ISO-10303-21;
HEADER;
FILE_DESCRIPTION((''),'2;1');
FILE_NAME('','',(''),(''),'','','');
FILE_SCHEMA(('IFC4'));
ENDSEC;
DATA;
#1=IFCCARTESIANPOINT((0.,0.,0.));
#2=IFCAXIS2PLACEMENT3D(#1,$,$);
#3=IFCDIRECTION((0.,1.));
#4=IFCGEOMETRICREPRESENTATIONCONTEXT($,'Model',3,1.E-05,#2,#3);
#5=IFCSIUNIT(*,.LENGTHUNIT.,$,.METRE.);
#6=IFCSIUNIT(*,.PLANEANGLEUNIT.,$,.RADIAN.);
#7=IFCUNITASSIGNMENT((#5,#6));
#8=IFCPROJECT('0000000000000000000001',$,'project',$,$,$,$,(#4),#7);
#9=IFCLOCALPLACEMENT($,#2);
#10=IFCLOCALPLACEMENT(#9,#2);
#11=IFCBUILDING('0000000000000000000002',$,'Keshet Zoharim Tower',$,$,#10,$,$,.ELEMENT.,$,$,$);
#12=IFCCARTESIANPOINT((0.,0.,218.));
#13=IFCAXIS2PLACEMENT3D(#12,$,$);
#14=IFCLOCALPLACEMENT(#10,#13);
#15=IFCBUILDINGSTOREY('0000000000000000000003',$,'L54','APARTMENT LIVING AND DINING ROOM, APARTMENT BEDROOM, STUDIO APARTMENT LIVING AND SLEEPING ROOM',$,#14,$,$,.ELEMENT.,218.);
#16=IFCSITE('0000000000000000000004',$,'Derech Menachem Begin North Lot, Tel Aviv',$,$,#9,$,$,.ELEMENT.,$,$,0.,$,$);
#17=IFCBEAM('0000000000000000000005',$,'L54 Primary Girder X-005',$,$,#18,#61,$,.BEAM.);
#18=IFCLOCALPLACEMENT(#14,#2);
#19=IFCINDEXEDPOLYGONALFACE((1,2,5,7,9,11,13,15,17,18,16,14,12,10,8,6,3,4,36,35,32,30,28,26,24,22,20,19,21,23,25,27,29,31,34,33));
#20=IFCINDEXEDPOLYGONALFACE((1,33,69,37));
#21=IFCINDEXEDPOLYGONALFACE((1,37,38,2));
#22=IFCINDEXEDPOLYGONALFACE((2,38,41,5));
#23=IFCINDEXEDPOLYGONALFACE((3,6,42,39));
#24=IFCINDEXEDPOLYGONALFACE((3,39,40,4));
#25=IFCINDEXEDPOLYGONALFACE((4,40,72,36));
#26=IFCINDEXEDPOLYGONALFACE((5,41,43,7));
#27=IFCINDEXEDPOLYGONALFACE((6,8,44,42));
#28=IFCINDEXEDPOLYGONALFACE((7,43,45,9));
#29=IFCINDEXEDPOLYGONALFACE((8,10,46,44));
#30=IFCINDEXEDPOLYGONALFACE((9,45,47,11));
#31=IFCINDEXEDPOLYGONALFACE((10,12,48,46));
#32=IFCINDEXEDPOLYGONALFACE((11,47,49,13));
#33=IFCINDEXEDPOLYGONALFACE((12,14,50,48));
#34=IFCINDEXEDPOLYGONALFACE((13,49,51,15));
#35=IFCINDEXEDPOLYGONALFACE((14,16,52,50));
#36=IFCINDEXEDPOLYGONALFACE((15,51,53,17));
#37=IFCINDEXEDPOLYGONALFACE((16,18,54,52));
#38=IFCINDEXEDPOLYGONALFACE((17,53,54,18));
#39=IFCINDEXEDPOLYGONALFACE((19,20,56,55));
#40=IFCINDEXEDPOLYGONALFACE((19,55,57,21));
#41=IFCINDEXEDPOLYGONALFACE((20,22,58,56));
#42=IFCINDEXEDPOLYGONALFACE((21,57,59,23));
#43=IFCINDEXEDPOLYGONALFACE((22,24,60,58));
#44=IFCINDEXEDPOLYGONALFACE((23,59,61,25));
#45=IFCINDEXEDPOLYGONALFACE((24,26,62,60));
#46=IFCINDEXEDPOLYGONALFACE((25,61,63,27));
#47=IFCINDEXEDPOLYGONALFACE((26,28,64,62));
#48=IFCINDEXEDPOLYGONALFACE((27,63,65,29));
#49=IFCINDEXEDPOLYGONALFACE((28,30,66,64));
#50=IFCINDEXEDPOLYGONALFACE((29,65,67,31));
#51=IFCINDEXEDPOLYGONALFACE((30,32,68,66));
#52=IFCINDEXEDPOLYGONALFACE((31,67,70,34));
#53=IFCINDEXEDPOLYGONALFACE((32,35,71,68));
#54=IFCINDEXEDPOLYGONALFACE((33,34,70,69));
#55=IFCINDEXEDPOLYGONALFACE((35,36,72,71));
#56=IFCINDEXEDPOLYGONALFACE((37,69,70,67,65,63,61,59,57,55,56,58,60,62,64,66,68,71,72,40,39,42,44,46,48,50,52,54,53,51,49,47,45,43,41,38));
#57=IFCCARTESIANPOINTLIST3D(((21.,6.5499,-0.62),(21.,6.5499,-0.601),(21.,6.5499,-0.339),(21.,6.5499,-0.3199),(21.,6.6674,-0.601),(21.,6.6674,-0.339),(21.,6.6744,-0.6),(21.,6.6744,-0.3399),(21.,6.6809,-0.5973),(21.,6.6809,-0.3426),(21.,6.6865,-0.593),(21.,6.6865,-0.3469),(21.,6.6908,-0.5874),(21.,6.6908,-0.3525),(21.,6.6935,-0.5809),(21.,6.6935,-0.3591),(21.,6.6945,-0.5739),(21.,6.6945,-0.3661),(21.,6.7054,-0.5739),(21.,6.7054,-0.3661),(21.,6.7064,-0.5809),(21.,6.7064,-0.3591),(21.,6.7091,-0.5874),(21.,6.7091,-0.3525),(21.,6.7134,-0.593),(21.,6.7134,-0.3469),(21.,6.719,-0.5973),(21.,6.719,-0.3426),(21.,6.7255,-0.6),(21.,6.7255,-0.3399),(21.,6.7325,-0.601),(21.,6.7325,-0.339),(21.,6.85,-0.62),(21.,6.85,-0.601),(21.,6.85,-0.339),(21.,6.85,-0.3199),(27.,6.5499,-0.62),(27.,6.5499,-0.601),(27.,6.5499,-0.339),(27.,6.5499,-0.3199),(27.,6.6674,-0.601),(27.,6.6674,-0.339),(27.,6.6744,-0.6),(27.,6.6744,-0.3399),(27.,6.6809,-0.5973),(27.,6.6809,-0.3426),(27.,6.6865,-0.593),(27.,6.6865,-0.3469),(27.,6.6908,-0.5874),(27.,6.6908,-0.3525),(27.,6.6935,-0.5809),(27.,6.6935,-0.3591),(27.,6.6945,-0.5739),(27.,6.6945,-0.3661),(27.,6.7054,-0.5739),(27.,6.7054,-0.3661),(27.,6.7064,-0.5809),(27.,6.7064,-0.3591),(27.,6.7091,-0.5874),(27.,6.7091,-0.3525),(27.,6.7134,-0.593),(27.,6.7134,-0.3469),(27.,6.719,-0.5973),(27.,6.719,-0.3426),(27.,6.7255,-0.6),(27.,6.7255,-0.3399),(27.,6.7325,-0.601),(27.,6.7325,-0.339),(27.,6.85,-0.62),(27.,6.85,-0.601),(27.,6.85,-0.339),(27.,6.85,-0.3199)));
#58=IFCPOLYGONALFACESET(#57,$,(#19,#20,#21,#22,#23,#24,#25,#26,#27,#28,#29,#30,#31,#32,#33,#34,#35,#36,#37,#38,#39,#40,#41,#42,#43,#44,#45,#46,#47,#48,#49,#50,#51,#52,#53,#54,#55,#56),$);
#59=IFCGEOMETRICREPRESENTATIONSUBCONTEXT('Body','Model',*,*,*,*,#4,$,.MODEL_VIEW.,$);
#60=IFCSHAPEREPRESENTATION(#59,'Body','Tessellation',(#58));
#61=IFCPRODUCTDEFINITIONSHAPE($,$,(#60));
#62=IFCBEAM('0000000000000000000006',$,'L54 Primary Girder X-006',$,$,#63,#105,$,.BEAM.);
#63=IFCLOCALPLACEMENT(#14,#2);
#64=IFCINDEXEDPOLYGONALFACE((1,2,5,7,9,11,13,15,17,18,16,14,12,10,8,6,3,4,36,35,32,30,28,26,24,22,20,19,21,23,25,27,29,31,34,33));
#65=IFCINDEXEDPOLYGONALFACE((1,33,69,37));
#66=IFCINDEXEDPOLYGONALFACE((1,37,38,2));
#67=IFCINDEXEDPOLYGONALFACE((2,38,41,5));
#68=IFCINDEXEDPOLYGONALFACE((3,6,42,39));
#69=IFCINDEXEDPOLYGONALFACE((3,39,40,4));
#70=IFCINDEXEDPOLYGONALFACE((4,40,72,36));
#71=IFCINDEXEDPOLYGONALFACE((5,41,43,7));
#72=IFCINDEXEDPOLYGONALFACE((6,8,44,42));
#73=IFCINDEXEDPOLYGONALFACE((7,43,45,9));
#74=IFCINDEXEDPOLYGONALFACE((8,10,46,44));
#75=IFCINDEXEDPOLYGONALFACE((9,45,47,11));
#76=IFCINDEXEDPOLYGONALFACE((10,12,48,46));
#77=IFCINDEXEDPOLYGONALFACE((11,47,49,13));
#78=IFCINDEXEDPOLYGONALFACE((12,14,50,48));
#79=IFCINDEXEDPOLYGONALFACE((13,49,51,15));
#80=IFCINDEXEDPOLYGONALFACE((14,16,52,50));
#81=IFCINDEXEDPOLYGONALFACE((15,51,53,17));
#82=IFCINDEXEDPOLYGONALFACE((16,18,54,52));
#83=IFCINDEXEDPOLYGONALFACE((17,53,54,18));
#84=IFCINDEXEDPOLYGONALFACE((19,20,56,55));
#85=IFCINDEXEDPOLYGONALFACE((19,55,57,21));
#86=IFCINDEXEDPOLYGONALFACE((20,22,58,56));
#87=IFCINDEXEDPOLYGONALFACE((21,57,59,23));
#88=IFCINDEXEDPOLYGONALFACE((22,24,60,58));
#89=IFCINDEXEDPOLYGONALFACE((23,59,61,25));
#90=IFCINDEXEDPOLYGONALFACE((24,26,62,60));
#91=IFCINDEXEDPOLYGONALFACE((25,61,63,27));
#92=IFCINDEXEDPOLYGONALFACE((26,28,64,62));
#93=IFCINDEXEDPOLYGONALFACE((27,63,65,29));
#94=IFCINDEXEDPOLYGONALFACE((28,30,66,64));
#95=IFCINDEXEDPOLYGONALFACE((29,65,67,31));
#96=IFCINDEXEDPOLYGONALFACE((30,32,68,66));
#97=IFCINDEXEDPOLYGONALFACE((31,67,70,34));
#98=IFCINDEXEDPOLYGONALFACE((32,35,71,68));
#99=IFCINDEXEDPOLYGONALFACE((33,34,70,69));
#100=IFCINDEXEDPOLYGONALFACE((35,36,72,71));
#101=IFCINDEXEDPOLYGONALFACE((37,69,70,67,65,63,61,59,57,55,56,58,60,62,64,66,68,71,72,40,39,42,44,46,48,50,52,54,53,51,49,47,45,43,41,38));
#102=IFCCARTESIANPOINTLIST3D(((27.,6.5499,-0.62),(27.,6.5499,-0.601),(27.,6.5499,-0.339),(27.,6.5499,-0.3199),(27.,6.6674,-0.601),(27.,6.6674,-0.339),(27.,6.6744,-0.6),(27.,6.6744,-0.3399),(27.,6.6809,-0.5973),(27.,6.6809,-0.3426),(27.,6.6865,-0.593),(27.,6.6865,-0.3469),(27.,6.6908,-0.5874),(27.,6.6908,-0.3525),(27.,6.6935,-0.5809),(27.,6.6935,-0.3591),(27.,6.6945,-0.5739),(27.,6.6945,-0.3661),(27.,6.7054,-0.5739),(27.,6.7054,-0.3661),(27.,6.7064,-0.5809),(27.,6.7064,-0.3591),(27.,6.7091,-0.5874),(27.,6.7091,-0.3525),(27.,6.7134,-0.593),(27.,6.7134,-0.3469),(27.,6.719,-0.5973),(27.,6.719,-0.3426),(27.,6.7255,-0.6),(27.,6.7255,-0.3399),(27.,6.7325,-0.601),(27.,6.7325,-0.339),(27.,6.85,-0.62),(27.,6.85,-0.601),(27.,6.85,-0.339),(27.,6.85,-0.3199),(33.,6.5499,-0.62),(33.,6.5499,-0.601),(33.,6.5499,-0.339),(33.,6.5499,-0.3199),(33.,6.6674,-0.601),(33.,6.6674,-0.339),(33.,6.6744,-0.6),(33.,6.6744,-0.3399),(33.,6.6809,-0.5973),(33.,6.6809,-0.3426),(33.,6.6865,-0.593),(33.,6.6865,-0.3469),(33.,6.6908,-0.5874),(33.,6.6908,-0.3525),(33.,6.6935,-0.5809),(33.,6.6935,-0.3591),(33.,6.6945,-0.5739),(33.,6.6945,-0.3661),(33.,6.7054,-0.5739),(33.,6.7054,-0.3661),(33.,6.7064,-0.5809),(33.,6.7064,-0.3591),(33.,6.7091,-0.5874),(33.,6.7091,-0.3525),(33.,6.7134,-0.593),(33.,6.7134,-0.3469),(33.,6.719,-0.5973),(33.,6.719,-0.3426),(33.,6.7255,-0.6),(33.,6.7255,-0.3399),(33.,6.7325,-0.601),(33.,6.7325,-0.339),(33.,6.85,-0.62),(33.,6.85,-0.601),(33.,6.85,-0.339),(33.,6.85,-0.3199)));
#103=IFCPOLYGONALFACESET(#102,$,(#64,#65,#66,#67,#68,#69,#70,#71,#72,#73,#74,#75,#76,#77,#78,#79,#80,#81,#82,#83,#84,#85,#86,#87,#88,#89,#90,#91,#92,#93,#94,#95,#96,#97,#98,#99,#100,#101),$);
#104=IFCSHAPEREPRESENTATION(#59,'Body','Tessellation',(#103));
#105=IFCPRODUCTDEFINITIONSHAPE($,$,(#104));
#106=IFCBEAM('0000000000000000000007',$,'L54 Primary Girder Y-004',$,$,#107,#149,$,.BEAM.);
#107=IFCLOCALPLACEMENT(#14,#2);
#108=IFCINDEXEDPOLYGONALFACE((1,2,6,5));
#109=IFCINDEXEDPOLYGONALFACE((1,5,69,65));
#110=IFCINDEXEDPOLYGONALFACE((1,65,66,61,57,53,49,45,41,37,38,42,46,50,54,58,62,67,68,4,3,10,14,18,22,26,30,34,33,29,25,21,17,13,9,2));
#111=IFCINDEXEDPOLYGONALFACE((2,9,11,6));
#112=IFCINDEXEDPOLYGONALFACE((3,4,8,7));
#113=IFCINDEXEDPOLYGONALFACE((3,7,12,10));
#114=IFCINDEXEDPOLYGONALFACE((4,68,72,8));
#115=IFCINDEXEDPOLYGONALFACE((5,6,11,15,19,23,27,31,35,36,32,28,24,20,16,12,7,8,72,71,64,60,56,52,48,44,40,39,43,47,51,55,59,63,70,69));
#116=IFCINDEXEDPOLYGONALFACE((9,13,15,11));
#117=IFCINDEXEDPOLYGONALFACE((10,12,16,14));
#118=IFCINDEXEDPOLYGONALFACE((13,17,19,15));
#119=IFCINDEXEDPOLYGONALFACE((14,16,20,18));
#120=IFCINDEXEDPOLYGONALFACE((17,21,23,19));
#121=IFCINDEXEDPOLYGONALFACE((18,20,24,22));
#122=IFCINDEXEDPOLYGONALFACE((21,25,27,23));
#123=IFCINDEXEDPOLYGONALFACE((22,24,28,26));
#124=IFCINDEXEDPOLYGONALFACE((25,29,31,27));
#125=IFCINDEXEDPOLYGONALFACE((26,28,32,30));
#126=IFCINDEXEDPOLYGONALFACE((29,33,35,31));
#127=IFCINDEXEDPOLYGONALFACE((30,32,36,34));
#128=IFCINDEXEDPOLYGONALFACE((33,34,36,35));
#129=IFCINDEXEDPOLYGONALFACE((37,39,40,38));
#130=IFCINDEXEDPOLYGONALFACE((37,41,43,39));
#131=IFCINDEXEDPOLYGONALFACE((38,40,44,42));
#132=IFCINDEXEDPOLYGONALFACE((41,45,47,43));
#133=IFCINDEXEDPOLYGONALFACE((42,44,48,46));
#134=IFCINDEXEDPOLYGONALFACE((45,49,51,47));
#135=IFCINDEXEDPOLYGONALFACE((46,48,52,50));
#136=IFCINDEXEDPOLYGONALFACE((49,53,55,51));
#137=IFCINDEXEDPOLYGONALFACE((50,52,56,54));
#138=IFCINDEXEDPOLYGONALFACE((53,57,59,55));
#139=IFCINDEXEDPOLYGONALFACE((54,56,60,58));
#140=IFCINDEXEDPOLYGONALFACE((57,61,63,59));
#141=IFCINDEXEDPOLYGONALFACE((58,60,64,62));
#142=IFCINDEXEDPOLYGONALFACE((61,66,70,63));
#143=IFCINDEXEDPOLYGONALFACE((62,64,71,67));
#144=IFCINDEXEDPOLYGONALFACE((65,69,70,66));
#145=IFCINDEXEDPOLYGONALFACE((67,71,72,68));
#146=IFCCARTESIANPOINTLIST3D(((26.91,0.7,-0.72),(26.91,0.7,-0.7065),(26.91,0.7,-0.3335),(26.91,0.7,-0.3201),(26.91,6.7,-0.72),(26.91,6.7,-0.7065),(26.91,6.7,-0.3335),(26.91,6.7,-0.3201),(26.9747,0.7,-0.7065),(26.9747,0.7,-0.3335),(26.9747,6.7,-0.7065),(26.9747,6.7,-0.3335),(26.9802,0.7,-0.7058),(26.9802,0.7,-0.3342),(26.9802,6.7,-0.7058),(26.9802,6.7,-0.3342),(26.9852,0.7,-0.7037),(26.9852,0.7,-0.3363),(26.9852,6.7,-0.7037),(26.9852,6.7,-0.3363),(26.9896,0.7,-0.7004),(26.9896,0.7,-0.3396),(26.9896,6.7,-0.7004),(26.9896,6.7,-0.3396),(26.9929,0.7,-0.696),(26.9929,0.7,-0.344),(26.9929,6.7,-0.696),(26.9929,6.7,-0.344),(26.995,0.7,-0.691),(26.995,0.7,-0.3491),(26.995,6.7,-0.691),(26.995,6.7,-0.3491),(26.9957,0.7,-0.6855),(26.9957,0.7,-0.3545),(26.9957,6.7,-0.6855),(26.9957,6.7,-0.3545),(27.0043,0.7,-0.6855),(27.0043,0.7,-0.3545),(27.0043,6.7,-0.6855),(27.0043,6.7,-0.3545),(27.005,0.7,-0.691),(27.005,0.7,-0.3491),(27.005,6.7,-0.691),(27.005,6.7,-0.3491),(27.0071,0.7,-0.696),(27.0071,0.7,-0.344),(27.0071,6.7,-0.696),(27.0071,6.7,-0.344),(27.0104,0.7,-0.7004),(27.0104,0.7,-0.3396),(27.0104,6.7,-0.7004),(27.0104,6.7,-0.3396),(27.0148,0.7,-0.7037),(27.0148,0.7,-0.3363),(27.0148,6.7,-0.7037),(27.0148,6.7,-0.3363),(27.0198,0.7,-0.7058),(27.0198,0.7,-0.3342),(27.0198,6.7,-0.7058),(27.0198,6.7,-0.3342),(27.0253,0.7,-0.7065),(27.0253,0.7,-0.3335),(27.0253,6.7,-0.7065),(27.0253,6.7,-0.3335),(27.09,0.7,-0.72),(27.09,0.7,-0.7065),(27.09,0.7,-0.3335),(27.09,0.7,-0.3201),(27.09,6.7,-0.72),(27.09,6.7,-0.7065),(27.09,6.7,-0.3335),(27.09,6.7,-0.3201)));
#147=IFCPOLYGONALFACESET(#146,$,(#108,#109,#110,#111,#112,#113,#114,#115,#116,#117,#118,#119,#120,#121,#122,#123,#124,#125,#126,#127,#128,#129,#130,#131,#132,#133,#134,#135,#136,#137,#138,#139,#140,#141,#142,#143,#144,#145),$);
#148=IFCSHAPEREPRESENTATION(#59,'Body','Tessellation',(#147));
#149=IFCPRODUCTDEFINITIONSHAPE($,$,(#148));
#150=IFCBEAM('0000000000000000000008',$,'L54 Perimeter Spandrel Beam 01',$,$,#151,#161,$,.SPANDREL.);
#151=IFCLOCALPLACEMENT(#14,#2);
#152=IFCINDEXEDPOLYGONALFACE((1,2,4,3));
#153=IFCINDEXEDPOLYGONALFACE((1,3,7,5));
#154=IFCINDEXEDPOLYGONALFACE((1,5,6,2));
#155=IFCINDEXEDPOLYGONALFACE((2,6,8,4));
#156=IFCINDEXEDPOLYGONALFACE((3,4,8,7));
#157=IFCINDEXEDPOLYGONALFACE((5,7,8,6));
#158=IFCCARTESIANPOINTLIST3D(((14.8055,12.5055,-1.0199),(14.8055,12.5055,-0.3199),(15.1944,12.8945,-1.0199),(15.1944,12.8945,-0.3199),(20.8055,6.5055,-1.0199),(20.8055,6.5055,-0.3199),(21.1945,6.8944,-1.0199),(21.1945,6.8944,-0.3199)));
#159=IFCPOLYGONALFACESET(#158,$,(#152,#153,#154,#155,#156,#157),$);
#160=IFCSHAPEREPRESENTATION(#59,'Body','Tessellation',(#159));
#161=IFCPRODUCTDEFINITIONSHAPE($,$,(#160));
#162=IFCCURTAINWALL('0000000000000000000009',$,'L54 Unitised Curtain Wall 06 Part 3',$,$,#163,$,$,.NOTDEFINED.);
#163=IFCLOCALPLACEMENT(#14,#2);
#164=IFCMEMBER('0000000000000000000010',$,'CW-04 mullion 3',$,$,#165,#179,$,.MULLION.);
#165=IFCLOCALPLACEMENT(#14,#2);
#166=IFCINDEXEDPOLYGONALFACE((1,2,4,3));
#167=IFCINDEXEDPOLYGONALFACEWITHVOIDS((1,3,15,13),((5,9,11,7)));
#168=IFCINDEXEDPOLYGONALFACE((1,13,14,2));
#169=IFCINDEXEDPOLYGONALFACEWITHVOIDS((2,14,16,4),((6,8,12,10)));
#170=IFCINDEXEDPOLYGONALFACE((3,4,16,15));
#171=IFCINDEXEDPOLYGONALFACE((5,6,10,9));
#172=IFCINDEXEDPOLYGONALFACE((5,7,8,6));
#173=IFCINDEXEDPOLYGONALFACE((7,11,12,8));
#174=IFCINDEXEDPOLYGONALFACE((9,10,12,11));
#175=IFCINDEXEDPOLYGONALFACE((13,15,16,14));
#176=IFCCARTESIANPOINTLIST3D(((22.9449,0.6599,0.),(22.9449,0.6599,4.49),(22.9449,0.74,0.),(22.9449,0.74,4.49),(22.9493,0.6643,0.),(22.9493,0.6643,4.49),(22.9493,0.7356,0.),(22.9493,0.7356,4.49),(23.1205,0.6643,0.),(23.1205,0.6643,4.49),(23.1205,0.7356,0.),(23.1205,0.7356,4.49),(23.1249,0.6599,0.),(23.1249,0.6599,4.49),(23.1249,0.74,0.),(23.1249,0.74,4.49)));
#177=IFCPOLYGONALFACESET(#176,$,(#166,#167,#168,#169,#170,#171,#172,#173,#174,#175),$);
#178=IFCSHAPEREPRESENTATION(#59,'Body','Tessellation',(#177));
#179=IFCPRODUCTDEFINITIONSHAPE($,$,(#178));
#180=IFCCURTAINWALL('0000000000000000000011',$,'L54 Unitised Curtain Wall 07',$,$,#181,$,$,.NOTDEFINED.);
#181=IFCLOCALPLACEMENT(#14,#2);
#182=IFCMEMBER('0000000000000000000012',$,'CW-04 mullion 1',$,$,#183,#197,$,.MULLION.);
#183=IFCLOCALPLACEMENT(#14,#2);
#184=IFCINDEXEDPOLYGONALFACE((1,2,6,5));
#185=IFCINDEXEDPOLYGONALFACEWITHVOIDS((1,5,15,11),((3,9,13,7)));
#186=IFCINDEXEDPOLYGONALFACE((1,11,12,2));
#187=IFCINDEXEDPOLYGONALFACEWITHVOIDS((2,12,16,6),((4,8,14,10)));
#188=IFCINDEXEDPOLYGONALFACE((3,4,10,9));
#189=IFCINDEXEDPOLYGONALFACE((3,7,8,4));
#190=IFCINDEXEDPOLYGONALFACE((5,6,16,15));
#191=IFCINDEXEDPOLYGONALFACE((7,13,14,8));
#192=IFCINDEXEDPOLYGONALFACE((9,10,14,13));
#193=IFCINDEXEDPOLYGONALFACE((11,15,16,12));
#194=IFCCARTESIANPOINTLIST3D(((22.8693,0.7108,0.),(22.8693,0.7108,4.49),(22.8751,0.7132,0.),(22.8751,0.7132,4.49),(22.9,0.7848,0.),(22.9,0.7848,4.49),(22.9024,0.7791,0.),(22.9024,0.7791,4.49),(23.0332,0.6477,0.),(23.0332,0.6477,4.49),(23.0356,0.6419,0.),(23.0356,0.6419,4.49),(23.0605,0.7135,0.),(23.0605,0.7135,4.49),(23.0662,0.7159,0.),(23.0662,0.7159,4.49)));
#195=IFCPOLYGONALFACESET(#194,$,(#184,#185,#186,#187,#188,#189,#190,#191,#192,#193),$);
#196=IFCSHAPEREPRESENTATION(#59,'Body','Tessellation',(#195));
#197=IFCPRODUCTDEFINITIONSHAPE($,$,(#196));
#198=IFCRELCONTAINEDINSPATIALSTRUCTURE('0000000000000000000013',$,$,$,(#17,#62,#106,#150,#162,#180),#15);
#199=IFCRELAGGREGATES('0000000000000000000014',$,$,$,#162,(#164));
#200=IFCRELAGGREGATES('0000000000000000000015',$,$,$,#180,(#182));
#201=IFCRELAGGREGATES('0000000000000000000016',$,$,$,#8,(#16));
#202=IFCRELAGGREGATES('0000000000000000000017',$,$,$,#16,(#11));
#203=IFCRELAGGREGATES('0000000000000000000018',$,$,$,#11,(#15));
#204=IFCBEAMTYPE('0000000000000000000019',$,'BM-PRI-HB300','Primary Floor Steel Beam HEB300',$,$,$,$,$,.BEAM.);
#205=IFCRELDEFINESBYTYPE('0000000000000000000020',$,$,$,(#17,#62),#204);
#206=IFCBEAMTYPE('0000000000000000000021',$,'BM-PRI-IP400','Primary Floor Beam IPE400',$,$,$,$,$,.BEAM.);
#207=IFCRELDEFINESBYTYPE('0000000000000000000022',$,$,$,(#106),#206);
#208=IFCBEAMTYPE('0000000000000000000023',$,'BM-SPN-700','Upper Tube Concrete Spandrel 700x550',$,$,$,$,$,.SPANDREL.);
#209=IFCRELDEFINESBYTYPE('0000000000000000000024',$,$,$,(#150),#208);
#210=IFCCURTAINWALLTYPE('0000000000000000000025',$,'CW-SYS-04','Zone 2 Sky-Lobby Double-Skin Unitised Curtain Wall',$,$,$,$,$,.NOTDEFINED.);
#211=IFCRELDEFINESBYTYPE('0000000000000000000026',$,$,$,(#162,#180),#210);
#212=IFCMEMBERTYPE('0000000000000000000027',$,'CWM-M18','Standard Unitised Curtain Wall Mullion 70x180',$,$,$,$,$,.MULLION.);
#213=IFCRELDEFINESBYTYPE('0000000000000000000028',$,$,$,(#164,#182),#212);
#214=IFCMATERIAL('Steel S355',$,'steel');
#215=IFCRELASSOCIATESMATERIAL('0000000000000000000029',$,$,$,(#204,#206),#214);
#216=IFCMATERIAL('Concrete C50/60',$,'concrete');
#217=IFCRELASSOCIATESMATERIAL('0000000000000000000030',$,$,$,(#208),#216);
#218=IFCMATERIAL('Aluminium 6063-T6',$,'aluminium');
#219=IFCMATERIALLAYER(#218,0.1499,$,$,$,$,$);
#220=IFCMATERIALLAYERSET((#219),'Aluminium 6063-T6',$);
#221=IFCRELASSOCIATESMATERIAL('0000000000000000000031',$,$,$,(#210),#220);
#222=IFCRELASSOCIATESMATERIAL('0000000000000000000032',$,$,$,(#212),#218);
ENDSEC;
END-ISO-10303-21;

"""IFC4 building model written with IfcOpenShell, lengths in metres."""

from ifc_helpers import new_model, si_unit, direction, frame, origin, origin_2d, place, context, subcontext, project, spatial, rectangle, hollow_rectangle, i_section, extrude, material, layer, layer_set, material_profile, profile_set, type_object, element, aggregate, save


model = new_model("IFC4")

# Units and contexts
model_context = context("Model", 3, precision=1e-05, world=origin(), true_north=direction((0.0, 1.0)))
body_context = subcontext(model_context, "Body", "Model", "MODEL_VIEW")
ifc_project = project(units=[si_unit("LENGTHUNIT", "METRE"), si_unit("PLANEANGLEUNIT", "RADIAN")], contexts=[model_context])

# Site, building, storey
site_placement = place(None, origin())
site = spatial("IfcSite", under=ifc_project, at=site_placement, Name="Derech Menachem Begin North Lot, Tel Aviv", CompositionType="ELEMENT", RefElevation=0.0)
building_placement = place(site_placement, origin())
building = spatial("IfcBuilding", under=site, at=building_placement, Name="Keshet Zoharim Tower", CompositionType="ELEMENT")
storey_placement = place(building_placement, frame((0.0, 0.0, 218.0)))
storey = spatial("IfcBuildingStorey", under=building, at=storey_placement, Name="L54", Description="APARTMENT LIVING AND DINING ROOM, APARTMENT BEDROOM, STUDIO APARTMENT LIVING AND SLEEPING ROOM", CompositionType="ELEMENT", Elevation=218.0)

# Shared definitions
ifc_material_1 = material(Name="Steel S355", Category="steel")
ifc_material_2 = material(Name="Concrete C50/60", Category="concrete")

# Beams
ifc_material_profile_1 = material_profile(ifc_material_1, i_section(OverallWidth=0.3, OverallDepth=0.3, WebThickness=0.011, FlangeThickness=0.019, FilletRadius=0.0271, at=origin_2d()), Name="HEB300")
ifc_profile_set_1 = profile_set([ifc_material_profile_1], Name="Steel S355")
beam_type_1 = type_object("IfcBeamType", Name="BM-PRI-HB300", Description="Primary Floor Steel Beam HEB300", PredefinedType="BEAM", material=ifc_profile_set_1)
for number, where, z_axis, x_axis, name in (
    (1, (21.0, 6.7, -0.47), (1.0, 0.0, 0.0), (0.0, 1.0, 0.0), "L54 Primary Girder X-005"),
    (2, (27.0, 6.7, -0.47), (1.0, 0.0, 0.0), (0.0, 1.0, 0.0), "L54 Primary Girder X-006"),
):
    element("IfcBeam", number, at=place(storey_placement, frame(where, z_axis=z_axis, x_axis=x_axis)), inside=storey, type_object=beam_type_1, Name=name, PredefinedType="BEAM", context=body_context, shape_type="SweptSolid", body=[
        extrude(i_section(OverallWidth=0.3, OverallDepth=0.3, WebThickness=0.011, FlangeThickness=0.019, FilletRadius=0.0271, at=origin_2d()), origin(), (0.0, 0.0, 1.0), 6.0),
    ])
ifc_material_profile_2 = material_profile(ifc_material_1, i_section(OverallWidth=0.1799, OverallDepth=0.3999, WebThickness=0.0085, FlangeThickness=0.0134, FilletRadius=0.021, at=origin_2d()), Name="IPE400")
ifc_profile_set_2 = profile_set([ifc_material_profile_2], Name="Steel S355")
beam_type_2 = type_object("IfcBeamType", Name="BM-PRI-IP400", Description="Primary Floor Beam IPE400", PredefinedType="BEAM", material=ifc_profile_set_2)
beam_1_placement = place(storey_placement, frame((27.0, 0.7, -0.52), z_axis=(0.0, 1.0, 0.0), x_axis=(-1.0, 0.0, 0.0)))
element("IfcBeam", 3, at=beam_1_placement, inside=storey, type_object=beam_type_2, Name="L54 Primary Girder Y-004", PredefinedType="BEAM", context=body_context, shape_type="SweptSolid", body=[
    extrude(i_section(OverallWidth=0.1799, OverallDepth=0.3999, WebThickness=0.0085, FlangeThickness=0.0134, FilletRadius=0.021, at=origin_2d()), origin(), (0.0, 0.0, 1.0), 6.0),
])
ifc_material_profile_3 = material_profile(ifc_material_2, rectangle(XDim=0.55, YDim=0.7, at=origin_2d()), Name="RC700x550")
ifc_profile_set_3 = profile_set([ifc_material_profile_3], Name="Concrete C50/60")
beam_type_3 = type_object("IfcBeamType", Name="BM-SPN-700", Description="Upper Tube Concrete Spandrel 700x550", PredefinedType="SPANDREL", material=ifc_profile_set_3)
beam_2_placement = place(storey_placement, frame((21.0, 6.7, -0.6699), z_axis=(-0.707107, 0.707107, 0.0), x_axis=(-0.707107, -0.707107, 0.0)))
element("IfcBeam", 4, at=beam_2_placement, inside=storey, type_object=beam_type_3, Name="L54 Perimeter Spandrel Beam 01", PredefinedType="SPANDREL", context=body_context, shape_type="SweptSolid", body=[
    extrude(rectangle(XDim=0.55, YDim=0.7, at=origin_2d()), origin(), (0.0, 0.0, 1.0), 8.4854),
])

# Curtain wall, member
ifc_material_3 = material(Name="Aluminium 6063-T6", Category="aluminium")
ifc_layer_1 = layer(ifc_material_3, 0.1499)
ifc_layer_set_1 = layer_set([ifc_layer_1], Name="Aluminium 6063-T6")
curtain_wall_type = type_object("IfcCurtainWallType", Name="CW-SYS-04", Description="Zone 2 Sky-Lobby Double-Skin Unitised Curtain Wall", PredefinedType="NOTDEFINED", material=ifc_layer_set_1)
curtain_wall_1_placement = place(storey_placement, origin())
curtain_wall_1 = element("IfcCurtainWall", 5, at=curtain_wall_1_placement, inside=storey, type_object=curtain_wall_type, Name="L54 Unitised Curtain Wall 06 Part 3", PredefinedType="NOTDEFINED")
ifc_material_profile_4 = material_profile(ifc_material_3, hollow_rectangle(XDim=0.0801, YDim=0.1799, WallThickness=0.0044, at=origin_2d()), Name="MUL-80x180")
ifc_profile_set_4 = profile_set([ifc_material_profile_4], Name="Aluminium 6063-T6")
member_type_1 = type_object("IfcMemberType", Name="CWM-M18", Description="Standard Unitised Curtain Wall Mullion 70x180", PredefinedType="MULLION", material=ifc_profile_set_4)
member_1_placement = place(storey_placement, frame((23.0349, 0.7, 0.0), z_axis=(0.0, 0.0, 1.0), x_axis=(0.0, -1.0, 0.0)))
member_1 = element("IfcMember", 6, at=member_1_placement, type_object=member_type_1, Name="CW-04 mullion 3", PredefinedType="MULLION", context=body_context, shape_type="SweptSolid", body=[
    extrude(hollow_rectangle(XDim=0.0801, YDim=0.1799, WallThickness=0.0044, at=origin_2d()), origin(), (0.0, 0.0, 1.0), 4.49),
])
aggregate(curtain_wall_1, [member_1])

# Curtain wall, member
curtain_wall_2_placement = place(storey_placement, origin())
curtain_wall_2 = element("IfcCurtainWall", 7, at=curtain_wall_2_placement, inside=storey, type_object=curtain_wall_type, Name="L54 Unitised Curtain Wall 07", PredefinedType="NOTDEFINED")
member_2_placement = place(storey_placement, frame((22.9678, 0.7134, 0.0), z_axis=(0.0, 0.0, 1.0), x_axis=(-0.382852, -0.92381, 0.0)))
member_2 = element("IfcMember", 8, at=member_2_placement, type_object=member_type_1, Name="CW-04 mullion 1", PredefinedType="MULLION", context=body_context, shape_type="SweptSolid", body=[
    extrude(hollow_rectangle(XDim=0.0801, YDim=0.1799, WallThickness=0.0044, at=origin_2d()), origin(), (0.0, 0.0, 1.0), 4.49),
])

aggregate(curtain_wall_2, [member_2])

save(model, "model.ifc")
